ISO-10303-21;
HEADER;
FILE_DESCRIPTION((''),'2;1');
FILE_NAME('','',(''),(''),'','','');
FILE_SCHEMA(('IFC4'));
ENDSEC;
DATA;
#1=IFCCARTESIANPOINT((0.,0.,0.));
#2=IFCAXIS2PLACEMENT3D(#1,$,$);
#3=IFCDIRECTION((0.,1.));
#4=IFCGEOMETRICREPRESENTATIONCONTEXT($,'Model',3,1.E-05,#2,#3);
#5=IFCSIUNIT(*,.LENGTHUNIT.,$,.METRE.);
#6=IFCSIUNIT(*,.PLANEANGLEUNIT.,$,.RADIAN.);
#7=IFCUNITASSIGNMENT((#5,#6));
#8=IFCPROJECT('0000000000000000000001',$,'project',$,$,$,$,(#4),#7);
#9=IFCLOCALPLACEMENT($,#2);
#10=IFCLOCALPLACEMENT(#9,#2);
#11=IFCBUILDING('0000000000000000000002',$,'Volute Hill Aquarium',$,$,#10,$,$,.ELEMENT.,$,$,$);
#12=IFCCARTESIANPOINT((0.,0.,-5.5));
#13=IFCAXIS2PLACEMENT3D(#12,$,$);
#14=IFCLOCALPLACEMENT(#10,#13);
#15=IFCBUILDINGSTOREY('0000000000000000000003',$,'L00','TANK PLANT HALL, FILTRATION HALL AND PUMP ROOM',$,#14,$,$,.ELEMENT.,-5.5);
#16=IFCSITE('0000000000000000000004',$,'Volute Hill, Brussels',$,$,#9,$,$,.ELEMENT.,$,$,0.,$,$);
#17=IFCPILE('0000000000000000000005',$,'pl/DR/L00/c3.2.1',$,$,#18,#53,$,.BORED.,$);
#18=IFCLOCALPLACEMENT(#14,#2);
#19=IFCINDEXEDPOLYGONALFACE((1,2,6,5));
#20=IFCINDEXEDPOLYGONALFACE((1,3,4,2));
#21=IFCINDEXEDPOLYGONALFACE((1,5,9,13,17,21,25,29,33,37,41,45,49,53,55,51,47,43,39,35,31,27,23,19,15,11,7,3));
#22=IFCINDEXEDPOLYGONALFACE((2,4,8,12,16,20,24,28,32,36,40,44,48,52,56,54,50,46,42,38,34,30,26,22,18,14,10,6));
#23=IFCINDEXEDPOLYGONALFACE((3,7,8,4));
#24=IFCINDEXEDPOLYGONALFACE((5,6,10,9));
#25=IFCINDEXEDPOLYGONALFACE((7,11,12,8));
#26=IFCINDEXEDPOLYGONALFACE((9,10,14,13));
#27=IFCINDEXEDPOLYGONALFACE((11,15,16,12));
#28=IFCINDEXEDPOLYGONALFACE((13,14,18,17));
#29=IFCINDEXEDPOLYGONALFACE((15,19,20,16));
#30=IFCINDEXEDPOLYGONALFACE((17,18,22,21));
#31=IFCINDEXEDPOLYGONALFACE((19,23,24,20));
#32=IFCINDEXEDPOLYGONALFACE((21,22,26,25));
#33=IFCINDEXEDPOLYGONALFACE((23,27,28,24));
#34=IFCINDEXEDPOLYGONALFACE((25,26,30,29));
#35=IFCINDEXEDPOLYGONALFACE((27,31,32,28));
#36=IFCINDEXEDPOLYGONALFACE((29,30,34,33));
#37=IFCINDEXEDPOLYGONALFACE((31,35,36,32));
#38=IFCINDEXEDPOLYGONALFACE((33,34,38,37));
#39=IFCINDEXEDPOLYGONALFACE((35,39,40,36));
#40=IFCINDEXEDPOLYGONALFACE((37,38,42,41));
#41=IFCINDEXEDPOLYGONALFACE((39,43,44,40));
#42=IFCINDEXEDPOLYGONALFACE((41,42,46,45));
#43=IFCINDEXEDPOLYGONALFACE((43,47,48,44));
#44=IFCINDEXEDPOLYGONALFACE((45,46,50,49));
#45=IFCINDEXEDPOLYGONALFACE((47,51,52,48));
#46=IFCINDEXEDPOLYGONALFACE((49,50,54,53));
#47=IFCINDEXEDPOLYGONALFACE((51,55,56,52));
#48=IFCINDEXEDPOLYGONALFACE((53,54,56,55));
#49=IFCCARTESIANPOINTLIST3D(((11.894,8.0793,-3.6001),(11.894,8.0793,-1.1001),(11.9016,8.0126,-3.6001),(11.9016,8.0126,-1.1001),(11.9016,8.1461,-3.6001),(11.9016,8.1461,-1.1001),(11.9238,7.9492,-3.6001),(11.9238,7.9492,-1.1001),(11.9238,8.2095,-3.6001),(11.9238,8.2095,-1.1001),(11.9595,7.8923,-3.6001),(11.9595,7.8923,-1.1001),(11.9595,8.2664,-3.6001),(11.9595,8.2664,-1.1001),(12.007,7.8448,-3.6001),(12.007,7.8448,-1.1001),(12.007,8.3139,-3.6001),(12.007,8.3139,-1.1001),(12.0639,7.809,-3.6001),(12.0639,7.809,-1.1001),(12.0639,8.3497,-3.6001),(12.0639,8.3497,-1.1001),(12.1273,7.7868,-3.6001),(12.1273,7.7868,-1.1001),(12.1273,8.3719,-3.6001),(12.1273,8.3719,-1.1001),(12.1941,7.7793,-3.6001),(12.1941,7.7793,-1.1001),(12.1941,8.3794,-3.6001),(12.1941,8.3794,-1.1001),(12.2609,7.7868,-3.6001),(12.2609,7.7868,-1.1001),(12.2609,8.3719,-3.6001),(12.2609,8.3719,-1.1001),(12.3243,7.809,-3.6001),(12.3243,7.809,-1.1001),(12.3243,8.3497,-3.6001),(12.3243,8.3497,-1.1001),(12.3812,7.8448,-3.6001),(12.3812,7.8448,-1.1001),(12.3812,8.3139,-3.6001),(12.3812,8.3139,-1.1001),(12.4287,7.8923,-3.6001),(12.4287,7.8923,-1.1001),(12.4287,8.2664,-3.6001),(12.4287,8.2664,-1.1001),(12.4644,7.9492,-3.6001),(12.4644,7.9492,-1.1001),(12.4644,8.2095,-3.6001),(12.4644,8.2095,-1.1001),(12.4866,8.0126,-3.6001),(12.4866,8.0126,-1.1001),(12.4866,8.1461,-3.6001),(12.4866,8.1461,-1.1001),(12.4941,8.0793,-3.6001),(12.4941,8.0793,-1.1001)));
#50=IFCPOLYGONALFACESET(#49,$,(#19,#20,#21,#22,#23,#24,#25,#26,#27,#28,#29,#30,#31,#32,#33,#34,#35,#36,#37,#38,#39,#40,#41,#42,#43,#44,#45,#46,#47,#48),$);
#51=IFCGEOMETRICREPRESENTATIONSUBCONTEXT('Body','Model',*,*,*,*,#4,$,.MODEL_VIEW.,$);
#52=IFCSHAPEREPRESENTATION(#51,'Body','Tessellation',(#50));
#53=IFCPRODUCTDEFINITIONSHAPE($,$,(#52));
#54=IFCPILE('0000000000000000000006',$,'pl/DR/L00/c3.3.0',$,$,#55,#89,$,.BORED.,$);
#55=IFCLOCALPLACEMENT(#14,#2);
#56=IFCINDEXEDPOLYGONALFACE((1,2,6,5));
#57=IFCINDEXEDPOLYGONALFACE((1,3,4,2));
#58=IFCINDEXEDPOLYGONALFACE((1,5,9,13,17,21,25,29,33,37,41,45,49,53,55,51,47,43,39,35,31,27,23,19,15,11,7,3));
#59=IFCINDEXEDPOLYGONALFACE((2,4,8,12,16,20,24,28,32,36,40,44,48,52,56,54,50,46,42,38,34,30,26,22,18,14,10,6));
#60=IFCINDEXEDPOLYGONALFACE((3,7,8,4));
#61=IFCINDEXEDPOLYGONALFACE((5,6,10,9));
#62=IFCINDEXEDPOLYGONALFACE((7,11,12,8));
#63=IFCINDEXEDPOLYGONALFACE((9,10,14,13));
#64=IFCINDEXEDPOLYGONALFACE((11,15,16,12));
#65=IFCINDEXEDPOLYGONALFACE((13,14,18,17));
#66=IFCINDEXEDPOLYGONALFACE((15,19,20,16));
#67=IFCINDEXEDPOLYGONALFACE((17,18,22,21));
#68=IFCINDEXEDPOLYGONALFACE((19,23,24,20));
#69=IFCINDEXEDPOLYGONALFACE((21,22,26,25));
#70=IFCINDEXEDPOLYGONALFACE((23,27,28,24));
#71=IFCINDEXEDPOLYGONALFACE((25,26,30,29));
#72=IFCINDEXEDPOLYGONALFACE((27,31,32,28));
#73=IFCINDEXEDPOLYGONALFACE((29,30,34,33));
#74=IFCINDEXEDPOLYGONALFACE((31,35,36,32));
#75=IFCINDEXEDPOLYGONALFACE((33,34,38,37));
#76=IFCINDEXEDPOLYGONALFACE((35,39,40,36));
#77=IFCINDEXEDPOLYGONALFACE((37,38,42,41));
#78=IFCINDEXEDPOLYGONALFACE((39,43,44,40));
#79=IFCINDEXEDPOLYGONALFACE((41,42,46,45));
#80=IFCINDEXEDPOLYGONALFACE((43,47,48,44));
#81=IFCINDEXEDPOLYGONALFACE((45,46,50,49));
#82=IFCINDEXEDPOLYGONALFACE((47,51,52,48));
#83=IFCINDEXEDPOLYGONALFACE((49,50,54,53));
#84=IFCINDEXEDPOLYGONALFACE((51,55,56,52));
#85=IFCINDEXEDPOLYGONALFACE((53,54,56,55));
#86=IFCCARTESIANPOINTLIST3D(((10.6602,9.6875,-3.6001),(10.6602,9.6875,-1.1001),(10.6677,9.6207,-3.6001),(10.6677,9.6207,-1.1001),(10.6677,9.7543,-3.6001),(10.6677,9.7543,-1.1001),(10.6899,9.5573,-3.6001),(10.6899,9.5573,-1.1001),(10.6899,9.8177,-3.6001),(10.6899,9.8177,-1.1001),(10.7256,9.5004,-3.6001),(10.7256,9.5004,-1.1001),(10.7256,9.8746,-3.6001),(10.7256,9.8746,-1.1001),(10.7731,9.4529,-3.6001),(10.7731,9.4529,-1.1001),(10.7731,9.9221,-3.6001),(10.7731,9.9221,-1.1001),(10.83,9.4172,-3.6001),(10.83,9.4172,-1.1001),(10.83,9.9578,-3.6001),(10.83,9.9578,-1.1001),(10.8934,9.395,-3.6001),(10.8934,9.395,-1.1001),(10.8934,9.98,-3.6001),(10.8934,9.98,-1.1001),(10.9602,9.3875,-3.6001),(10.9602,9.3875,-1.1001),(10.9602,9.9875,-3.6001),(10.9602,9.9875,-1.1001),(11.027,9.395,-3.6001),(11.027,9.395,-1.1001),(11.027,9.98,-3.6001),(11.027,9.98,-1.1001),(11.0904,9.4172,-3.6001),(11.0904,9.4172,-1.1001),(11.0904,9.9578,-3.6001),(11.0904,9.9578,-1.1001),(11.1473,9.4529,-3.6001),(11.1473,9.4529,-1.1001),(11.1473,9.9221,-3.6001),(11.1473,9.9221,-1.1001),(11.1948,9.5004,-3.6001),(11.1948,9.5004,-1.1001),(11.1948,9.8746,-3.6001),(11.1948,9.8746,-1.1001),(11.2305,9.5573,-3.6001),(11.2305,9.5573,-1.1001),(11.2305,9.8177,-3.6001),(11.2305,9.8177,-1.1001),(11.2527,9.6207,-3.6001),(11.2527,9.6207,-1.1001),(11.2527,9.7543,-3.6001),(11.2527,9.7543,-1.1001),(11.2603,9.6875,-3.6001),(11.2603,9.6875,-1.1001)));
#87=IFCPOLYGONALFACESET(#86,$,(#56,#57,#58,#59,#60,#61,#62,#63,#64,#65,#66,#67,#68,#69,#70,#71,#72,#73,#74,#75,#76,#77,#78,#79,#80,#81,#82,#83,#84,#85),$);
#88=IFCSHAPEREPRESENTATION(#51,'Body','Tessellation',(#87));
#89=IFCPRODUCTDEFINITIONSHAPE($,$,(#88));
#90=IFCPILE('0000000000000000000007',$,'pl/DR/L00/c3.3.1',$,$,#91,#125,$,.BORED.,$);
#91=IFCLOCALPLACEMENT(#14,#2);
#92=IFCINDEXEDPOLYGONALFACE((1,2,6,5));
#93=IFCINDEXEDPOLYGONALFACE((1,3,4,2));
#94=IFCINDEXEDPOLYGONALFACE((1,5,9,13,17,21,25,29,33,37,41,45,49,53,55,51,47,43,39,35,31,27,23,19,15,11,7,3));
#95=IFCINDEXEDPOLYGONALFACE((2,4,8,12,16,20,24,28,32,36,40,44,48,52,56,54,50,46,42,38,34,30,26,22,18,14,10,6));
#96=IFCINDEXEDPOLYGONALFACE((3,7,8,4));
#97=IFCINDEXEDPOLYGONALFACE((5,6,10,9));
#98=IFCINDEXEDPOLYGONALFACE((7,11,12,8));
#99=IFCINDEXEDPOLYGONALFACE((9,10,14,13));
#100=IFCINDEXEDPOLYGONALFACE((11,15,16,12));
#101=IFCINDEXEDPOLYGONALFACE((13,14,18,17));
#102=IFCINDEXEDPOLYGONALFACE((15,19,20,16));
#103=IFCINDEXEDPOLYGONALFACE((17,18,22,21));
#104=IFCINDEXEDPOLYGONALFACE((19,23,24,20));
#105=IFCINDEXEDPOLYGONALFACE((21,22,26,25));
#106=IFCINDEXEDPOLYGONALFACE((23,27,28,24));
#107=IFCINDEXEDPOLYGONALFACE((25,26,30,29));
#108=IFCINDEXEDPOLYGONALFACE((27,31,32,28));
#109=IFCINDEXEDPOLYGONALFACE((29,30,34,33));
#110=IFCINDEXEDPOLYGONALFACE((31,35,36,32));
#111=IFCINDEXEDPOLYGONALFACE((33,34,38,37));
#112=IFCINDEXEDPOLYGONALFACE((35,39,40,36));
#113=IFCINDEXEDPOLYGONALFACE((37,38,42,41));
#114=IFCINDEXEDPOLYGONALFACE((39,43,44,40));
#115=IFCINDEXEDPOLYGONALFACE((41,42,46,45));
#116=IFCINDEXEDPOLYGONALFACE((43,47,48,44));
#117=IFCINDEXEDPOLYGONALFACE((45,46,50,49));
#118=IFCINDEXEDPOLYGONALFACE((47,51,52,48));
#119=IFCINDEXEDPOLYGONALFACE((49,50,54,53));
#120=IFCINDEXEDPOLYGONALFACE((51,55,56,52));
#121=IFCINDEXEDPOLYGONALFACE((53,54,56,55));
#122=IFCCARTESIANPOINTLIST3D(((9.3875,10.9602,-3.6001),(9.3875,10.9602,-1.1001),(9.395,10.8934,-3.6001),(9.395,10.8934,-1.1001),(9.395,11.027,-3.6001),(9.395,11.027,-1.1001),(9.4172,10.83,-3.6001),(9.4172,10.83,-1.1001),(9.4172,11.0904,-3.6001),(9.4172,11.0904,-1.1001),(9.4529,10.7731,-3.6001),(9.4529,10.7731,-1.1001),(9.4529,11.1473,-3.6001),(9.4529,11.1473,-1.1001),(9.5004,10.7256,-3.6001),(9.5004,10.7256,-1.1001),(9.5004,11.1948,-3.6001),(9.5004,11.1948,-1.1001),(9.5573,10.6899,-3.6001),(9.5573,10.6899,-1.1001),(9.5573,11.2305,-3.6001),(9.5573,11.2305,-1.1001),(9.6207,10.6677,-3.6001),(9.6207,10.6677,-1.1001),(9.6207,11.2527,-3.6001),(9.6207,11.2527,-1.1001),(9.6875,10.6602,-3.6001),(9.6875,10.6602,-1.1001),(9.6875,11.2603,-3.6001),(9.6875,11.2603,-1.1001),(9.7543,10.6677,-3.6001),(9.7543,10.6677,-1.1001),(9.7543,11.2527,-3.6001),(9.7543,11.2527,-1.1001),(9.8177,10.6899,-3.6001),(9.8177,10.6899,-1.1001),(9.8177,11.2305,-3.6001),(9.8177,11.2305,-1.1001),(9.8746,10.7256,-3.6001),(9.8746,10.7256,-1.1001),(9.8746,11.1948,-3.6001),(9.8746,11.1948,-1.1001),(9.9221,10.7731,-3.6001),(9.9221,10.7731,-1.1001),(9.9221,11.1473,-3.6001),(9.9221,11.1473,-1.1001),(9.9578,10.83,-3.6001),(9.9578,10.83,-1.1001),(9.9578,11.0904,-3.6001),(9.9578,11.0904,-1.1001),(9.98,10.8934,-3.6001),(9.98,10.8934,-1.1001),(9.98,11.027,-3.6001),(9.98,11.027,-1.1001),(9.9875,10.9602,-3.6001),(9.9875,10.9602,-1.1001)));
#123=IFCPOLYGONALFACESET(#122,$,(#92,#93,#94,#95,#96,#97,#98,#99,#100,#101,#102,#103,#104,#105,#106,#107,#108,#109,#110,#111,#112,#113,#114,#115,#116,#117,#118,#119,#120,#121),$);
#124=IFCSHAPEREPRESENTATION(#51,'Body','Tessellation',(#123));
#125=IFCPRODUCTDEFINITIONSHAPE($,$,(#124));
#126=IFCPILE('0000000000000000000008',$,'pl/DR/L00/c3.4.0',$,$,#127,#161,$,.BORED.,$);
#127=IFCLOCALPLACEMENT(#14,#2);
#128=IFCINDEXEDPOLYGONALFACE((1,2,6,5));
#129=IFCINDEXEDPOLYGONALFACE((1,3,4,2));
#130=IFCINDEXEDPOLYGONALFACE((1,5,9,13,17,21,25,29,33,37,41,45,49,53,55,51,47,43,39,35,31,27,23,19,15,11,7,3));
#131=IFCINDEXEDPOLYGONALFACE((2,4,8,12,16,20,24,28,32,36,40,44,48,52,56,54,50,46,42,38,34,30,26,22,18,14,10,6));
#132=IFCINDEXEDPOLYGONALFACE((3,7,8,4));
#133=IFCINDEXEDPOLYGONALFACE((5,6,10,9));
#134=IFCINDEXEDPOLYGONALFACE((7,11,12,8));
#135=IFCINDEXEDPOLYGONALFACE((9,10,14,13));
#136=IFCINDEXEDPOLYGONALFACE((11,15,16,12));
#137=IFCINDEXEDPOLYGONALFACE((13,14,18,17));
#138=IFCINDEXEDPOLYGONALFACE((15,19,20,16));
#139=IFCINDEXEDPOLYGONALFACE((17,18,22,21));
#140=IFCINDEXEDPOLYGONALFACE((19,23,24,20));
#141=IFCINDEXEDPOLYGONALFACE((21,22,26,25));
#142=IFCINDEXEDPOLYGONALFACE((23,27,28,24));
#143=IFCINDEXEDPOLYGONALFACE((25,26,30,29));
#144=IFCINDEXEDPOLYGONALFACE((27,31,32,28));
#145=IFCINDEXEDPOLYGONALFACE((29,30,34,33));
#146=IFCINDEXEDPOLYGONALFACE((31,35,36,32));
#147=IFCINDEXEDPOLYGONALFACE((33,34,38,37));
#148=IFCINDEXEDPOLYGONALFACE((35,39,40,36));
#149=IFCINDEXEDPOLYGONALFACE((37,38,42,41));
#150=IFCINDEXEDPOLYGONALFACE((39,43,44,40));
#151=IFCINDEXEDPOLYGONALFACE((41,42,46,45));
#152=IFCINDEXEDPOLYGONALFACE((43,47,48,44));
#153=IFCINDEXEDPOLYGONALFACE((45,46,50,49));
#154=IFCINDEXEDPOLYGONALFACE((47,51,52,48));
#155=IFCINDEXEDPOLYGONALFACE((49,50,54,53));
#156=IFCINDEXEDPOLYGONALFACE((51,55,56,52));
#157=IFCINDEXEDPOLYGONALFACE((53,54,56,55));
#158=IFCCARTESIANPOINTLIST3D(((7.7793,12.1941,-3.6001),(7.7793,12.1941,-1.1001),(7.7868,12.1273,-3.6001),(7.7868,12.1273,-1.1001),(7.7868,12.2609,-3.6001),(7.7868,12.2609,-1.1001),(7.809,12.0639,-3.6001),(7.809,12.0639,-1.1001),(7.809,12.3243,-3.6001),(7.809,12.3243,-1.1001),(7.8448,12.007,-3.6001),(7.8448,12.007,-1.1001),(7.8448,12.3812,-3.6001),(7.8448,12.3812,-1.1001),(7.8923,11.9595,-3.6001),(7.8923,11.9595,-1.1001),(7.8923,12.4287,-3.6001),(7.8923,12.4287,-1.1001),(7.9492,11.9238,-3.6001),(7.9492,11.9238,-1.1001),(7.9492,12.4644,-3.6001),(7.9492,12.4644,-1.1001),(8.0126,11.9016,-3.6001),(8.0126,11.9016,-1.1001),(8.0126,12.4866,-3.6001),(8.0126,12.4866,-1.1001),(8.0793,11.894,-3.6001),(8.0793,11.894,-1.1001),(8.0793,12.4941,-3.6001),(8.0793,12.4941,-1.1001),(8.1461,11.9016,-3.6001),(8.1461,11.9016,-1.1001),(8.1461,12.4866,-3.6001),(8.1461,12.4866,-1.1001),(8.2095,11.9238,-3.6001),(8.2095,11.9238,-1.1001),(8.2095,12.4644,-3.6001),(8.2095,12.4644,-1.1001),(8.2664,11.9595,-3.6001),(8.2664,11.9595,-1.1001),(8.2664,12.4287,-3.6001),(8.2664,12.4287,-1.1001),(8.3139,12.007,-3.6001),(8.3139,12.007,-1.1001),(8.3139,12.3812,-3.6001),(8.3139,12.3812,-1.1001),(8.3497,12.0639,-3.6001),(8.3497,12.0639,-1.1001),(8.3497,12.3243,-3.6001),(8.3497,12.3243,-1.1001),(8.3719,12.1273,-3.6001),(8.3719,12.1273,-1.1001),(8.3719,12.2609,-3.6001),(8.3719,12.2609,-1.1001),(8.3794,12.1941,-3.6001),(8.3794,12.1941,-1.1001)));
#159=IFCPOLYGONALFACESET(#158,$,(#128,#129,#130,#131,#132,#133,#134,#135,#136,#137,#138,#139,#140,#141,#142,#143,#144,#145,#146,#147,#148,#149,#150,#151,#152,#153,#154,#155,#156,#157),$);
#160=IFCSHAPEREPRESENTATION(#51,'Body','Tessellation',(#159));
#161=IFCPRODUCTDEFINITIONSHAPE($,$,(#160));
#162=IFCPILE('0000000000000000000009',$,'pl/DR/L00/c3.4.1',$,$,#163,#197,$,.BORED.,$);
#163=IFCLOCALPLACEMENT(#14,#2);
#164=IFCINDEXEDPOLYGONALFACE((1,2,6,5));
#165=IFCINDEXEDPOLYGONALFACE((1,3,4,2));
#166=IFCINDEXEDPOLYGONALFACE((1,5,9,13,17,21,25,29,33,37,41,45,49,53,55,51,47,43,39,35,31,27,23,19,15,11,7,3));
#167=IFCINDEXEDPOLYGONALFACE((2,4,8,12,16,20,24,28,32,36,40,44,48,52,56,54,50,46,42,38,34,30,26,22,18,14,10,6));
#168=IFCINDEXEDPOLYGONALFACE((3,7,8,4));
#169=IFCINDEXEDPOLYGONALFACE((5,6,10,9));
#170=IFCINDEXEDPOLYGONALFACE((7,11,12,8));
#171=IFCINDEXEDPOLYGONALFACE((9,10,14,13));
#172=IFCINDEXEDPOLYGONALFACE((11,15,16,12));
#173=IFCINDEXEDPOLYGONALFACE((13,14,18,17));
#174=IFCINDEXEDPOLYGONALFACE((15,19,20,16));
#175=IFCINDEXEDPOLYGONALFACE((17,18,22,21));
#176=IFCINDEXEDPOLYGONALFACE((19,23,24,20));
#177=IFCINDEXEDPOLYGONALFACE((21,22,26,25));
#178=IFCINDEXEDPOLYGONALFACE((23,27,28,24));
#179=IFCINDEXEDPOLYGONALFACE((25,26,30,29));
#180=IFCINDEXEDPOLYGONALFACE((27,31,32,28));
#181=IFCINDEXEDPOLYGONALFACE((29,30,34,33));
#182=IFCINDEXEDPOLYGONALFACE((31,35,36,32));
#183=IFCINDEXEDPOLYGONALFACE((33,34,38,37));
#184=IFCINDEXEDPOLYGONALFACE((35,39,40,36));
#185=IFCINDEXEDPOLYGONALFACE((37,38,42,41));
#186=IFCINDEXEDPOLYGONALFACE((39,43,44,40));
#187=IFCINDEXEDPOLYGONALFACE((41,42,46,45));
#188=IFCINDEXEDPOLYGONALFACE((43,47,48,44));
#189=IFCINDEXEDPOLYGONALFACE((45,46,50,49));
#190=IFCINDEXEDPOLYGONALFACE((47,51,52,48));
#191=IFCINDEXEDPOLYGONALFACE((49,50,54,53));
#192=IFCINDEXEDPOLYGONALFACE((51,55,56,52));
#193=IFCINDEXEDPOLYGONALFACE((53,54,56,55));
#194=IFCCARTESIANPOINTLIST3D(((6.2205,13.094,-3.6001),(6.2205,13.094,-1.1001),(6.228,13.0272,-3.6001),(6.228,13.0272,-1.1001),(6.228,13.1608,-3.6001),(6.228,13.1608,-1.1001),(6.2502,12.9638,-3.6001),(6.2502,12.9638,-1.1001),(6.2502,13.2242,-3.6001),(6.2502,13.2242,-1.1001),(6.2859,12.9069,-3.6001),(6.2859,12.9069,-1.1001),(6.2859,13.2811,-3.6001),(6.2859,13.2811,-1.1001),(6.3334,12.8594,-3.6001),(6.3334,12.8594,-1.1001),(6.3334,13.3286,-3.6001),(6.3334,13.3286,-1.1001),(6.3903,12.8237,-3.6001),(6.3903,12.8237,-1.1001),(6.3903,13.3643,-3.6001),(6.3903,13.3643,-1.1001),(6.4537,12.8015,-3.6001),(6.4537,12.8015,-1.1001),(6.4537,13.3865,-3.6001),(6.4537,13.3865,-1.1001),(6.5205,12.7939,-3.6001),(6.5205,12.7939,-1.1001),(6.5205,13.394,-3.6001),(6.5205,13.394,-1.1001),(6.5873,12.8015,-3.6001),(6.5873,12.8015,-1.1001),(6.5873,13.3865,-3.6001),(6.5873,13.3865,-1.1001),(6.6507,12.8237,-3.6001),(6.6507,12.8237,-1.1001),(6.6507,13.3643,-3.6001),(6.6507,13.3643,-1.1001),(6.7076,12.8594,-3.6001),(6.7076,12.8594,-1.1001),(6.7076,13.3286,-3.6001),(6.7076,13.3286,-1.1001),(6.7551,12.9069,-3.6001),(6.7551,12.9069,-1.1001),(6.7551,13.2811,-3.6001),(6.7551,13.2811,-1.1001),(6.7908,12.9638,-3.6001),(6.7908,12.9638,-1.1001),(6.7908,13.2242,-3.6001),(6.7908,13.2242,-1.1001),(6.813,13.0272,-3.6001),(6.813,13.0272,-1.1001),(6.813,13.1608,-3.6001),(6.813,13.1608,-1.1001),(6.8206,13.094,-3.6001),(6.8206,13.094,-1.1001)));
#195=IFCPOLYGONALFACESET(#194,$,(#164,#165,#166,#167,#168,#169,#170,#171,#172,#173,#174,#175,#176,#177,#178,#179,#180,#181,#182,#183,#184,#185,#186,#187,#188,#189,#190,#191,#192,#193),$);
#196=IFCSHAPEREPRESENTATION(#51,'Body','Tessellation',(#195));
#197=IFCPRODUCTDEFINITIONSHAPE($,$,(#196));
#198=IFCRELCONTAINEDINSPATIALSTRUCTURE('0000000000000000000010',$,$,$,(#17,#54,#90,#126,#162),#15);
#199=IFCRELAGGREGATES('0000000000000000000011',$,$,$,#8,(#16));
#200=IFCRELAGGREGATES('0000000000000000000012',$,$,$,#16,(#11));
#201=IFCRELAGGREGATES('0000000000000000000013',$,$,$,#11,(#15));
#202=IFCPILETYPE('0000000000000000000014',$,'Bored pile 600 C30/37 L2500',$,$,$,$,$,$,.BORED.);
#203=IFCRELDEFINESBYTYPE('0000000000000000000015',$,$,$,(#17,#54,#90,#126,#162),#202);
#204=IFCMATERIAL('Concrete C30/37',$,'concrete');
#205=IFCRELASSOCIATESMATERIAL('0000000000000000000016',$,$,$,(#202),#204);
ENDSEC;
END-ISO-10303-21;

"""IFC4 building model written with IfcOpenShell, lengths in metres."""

from ifc_helpers import new_model, si_unit, direction, frame, origin, origin_2d, place, context, subcontext, project, spatial, circle, extrude, material, type_object, element, save


model = new_model("IFC4")

# Units and contexts
model_context = context("Model", 3, precision=1e-05, world=origin(), true_north=direction((0.0, 1.0)))
body_context = subcontext(model_context, "Body", "Model", "MODEL_VIEW")
ifc_project = project(units=[si_unit("LENGTHUNIT", "METRE"), si_unit("PLANEANGLEUNIT", "RADIAN")], contexts=[model_context])

# Site, building, storey
site_placement = place(None, origin())
site = spatial("IfcSite", under=ifc_project, at=site_placement, Name="Volute Hill, Brussels", CompositionType="ELEMENT", RefElevation=0.0)
building_placement = place(site_placement, origin())
building = spatial("IfcBuilding", under=site, at=building_placement, Name="Volute Hill Aquarium", CompositionType="ELEMENT")
storey_placement = place(building_placement, frame((0.0, 0.0, -5.5)))
storey = spatial("IfcBuildingStorey", under=building, at=storey_placement, Name="L00", Description="TANK PLANT HALL, FILTRATION HALL AND PUMP ROOM", CompositionType="ELEMENT", Elevation=-5.5)

# Piles
ifc_material_1 = material(Name="Concrete C30/37", Category="concrete")
pile_type = type_object("IfcPileType", Name="Bored pile 600 C30/37 L2500", PredefinedType="BORED", material=ifc_material_1)
for number, where, z_axis, x_axis, name in (
    (1, (12.1941, 8.0793, -1.1001), (0.0, 0.0, -1.0), (1.0, 0.0, 0.0), "pl/DR/L00/c3.2.1"),
    (2, (10.9602, 9.6875, -1.1001), (0.0, 0.0, -1.0), (1.0, 0.0, 0.0), "pl/DR/L00/c3.3.0"),
    (3, (9.6875, 10.9602, -1.1001), (0.0, 0.0, -1.0), (1.0, 0.0, 0.0), "pl/DR/L00/c3.3.1"),
    (4, (8.0793, 12.1941, -1.1001), (0.0, 0.0, -1.0), (1.0, 0.0, 0.0), "pl/DR/L00/c3.4.0"),
    (5, (6.5205, 13.094, -1.1001), (0.0, 0.0, -1.0), (1.0, 0.0, 0.0), "pl/DR/L00/c3.4.1"),
):
    element("IfcPile", number, at=place(storey_placement, frame(where, z_axis=z_axis, x_axis=x_axis)), inside=storey, type_object=pile_type, Name=name, PredefinedType="BORED", context=body_context, shape_type="SweptSolid", body=[
        extrude(circle(Radius=0.3, at=origin_2d()), origin(), (0.0, 0.0, 1.0), 2.5),
    ])

save(model, "model.ifc")
